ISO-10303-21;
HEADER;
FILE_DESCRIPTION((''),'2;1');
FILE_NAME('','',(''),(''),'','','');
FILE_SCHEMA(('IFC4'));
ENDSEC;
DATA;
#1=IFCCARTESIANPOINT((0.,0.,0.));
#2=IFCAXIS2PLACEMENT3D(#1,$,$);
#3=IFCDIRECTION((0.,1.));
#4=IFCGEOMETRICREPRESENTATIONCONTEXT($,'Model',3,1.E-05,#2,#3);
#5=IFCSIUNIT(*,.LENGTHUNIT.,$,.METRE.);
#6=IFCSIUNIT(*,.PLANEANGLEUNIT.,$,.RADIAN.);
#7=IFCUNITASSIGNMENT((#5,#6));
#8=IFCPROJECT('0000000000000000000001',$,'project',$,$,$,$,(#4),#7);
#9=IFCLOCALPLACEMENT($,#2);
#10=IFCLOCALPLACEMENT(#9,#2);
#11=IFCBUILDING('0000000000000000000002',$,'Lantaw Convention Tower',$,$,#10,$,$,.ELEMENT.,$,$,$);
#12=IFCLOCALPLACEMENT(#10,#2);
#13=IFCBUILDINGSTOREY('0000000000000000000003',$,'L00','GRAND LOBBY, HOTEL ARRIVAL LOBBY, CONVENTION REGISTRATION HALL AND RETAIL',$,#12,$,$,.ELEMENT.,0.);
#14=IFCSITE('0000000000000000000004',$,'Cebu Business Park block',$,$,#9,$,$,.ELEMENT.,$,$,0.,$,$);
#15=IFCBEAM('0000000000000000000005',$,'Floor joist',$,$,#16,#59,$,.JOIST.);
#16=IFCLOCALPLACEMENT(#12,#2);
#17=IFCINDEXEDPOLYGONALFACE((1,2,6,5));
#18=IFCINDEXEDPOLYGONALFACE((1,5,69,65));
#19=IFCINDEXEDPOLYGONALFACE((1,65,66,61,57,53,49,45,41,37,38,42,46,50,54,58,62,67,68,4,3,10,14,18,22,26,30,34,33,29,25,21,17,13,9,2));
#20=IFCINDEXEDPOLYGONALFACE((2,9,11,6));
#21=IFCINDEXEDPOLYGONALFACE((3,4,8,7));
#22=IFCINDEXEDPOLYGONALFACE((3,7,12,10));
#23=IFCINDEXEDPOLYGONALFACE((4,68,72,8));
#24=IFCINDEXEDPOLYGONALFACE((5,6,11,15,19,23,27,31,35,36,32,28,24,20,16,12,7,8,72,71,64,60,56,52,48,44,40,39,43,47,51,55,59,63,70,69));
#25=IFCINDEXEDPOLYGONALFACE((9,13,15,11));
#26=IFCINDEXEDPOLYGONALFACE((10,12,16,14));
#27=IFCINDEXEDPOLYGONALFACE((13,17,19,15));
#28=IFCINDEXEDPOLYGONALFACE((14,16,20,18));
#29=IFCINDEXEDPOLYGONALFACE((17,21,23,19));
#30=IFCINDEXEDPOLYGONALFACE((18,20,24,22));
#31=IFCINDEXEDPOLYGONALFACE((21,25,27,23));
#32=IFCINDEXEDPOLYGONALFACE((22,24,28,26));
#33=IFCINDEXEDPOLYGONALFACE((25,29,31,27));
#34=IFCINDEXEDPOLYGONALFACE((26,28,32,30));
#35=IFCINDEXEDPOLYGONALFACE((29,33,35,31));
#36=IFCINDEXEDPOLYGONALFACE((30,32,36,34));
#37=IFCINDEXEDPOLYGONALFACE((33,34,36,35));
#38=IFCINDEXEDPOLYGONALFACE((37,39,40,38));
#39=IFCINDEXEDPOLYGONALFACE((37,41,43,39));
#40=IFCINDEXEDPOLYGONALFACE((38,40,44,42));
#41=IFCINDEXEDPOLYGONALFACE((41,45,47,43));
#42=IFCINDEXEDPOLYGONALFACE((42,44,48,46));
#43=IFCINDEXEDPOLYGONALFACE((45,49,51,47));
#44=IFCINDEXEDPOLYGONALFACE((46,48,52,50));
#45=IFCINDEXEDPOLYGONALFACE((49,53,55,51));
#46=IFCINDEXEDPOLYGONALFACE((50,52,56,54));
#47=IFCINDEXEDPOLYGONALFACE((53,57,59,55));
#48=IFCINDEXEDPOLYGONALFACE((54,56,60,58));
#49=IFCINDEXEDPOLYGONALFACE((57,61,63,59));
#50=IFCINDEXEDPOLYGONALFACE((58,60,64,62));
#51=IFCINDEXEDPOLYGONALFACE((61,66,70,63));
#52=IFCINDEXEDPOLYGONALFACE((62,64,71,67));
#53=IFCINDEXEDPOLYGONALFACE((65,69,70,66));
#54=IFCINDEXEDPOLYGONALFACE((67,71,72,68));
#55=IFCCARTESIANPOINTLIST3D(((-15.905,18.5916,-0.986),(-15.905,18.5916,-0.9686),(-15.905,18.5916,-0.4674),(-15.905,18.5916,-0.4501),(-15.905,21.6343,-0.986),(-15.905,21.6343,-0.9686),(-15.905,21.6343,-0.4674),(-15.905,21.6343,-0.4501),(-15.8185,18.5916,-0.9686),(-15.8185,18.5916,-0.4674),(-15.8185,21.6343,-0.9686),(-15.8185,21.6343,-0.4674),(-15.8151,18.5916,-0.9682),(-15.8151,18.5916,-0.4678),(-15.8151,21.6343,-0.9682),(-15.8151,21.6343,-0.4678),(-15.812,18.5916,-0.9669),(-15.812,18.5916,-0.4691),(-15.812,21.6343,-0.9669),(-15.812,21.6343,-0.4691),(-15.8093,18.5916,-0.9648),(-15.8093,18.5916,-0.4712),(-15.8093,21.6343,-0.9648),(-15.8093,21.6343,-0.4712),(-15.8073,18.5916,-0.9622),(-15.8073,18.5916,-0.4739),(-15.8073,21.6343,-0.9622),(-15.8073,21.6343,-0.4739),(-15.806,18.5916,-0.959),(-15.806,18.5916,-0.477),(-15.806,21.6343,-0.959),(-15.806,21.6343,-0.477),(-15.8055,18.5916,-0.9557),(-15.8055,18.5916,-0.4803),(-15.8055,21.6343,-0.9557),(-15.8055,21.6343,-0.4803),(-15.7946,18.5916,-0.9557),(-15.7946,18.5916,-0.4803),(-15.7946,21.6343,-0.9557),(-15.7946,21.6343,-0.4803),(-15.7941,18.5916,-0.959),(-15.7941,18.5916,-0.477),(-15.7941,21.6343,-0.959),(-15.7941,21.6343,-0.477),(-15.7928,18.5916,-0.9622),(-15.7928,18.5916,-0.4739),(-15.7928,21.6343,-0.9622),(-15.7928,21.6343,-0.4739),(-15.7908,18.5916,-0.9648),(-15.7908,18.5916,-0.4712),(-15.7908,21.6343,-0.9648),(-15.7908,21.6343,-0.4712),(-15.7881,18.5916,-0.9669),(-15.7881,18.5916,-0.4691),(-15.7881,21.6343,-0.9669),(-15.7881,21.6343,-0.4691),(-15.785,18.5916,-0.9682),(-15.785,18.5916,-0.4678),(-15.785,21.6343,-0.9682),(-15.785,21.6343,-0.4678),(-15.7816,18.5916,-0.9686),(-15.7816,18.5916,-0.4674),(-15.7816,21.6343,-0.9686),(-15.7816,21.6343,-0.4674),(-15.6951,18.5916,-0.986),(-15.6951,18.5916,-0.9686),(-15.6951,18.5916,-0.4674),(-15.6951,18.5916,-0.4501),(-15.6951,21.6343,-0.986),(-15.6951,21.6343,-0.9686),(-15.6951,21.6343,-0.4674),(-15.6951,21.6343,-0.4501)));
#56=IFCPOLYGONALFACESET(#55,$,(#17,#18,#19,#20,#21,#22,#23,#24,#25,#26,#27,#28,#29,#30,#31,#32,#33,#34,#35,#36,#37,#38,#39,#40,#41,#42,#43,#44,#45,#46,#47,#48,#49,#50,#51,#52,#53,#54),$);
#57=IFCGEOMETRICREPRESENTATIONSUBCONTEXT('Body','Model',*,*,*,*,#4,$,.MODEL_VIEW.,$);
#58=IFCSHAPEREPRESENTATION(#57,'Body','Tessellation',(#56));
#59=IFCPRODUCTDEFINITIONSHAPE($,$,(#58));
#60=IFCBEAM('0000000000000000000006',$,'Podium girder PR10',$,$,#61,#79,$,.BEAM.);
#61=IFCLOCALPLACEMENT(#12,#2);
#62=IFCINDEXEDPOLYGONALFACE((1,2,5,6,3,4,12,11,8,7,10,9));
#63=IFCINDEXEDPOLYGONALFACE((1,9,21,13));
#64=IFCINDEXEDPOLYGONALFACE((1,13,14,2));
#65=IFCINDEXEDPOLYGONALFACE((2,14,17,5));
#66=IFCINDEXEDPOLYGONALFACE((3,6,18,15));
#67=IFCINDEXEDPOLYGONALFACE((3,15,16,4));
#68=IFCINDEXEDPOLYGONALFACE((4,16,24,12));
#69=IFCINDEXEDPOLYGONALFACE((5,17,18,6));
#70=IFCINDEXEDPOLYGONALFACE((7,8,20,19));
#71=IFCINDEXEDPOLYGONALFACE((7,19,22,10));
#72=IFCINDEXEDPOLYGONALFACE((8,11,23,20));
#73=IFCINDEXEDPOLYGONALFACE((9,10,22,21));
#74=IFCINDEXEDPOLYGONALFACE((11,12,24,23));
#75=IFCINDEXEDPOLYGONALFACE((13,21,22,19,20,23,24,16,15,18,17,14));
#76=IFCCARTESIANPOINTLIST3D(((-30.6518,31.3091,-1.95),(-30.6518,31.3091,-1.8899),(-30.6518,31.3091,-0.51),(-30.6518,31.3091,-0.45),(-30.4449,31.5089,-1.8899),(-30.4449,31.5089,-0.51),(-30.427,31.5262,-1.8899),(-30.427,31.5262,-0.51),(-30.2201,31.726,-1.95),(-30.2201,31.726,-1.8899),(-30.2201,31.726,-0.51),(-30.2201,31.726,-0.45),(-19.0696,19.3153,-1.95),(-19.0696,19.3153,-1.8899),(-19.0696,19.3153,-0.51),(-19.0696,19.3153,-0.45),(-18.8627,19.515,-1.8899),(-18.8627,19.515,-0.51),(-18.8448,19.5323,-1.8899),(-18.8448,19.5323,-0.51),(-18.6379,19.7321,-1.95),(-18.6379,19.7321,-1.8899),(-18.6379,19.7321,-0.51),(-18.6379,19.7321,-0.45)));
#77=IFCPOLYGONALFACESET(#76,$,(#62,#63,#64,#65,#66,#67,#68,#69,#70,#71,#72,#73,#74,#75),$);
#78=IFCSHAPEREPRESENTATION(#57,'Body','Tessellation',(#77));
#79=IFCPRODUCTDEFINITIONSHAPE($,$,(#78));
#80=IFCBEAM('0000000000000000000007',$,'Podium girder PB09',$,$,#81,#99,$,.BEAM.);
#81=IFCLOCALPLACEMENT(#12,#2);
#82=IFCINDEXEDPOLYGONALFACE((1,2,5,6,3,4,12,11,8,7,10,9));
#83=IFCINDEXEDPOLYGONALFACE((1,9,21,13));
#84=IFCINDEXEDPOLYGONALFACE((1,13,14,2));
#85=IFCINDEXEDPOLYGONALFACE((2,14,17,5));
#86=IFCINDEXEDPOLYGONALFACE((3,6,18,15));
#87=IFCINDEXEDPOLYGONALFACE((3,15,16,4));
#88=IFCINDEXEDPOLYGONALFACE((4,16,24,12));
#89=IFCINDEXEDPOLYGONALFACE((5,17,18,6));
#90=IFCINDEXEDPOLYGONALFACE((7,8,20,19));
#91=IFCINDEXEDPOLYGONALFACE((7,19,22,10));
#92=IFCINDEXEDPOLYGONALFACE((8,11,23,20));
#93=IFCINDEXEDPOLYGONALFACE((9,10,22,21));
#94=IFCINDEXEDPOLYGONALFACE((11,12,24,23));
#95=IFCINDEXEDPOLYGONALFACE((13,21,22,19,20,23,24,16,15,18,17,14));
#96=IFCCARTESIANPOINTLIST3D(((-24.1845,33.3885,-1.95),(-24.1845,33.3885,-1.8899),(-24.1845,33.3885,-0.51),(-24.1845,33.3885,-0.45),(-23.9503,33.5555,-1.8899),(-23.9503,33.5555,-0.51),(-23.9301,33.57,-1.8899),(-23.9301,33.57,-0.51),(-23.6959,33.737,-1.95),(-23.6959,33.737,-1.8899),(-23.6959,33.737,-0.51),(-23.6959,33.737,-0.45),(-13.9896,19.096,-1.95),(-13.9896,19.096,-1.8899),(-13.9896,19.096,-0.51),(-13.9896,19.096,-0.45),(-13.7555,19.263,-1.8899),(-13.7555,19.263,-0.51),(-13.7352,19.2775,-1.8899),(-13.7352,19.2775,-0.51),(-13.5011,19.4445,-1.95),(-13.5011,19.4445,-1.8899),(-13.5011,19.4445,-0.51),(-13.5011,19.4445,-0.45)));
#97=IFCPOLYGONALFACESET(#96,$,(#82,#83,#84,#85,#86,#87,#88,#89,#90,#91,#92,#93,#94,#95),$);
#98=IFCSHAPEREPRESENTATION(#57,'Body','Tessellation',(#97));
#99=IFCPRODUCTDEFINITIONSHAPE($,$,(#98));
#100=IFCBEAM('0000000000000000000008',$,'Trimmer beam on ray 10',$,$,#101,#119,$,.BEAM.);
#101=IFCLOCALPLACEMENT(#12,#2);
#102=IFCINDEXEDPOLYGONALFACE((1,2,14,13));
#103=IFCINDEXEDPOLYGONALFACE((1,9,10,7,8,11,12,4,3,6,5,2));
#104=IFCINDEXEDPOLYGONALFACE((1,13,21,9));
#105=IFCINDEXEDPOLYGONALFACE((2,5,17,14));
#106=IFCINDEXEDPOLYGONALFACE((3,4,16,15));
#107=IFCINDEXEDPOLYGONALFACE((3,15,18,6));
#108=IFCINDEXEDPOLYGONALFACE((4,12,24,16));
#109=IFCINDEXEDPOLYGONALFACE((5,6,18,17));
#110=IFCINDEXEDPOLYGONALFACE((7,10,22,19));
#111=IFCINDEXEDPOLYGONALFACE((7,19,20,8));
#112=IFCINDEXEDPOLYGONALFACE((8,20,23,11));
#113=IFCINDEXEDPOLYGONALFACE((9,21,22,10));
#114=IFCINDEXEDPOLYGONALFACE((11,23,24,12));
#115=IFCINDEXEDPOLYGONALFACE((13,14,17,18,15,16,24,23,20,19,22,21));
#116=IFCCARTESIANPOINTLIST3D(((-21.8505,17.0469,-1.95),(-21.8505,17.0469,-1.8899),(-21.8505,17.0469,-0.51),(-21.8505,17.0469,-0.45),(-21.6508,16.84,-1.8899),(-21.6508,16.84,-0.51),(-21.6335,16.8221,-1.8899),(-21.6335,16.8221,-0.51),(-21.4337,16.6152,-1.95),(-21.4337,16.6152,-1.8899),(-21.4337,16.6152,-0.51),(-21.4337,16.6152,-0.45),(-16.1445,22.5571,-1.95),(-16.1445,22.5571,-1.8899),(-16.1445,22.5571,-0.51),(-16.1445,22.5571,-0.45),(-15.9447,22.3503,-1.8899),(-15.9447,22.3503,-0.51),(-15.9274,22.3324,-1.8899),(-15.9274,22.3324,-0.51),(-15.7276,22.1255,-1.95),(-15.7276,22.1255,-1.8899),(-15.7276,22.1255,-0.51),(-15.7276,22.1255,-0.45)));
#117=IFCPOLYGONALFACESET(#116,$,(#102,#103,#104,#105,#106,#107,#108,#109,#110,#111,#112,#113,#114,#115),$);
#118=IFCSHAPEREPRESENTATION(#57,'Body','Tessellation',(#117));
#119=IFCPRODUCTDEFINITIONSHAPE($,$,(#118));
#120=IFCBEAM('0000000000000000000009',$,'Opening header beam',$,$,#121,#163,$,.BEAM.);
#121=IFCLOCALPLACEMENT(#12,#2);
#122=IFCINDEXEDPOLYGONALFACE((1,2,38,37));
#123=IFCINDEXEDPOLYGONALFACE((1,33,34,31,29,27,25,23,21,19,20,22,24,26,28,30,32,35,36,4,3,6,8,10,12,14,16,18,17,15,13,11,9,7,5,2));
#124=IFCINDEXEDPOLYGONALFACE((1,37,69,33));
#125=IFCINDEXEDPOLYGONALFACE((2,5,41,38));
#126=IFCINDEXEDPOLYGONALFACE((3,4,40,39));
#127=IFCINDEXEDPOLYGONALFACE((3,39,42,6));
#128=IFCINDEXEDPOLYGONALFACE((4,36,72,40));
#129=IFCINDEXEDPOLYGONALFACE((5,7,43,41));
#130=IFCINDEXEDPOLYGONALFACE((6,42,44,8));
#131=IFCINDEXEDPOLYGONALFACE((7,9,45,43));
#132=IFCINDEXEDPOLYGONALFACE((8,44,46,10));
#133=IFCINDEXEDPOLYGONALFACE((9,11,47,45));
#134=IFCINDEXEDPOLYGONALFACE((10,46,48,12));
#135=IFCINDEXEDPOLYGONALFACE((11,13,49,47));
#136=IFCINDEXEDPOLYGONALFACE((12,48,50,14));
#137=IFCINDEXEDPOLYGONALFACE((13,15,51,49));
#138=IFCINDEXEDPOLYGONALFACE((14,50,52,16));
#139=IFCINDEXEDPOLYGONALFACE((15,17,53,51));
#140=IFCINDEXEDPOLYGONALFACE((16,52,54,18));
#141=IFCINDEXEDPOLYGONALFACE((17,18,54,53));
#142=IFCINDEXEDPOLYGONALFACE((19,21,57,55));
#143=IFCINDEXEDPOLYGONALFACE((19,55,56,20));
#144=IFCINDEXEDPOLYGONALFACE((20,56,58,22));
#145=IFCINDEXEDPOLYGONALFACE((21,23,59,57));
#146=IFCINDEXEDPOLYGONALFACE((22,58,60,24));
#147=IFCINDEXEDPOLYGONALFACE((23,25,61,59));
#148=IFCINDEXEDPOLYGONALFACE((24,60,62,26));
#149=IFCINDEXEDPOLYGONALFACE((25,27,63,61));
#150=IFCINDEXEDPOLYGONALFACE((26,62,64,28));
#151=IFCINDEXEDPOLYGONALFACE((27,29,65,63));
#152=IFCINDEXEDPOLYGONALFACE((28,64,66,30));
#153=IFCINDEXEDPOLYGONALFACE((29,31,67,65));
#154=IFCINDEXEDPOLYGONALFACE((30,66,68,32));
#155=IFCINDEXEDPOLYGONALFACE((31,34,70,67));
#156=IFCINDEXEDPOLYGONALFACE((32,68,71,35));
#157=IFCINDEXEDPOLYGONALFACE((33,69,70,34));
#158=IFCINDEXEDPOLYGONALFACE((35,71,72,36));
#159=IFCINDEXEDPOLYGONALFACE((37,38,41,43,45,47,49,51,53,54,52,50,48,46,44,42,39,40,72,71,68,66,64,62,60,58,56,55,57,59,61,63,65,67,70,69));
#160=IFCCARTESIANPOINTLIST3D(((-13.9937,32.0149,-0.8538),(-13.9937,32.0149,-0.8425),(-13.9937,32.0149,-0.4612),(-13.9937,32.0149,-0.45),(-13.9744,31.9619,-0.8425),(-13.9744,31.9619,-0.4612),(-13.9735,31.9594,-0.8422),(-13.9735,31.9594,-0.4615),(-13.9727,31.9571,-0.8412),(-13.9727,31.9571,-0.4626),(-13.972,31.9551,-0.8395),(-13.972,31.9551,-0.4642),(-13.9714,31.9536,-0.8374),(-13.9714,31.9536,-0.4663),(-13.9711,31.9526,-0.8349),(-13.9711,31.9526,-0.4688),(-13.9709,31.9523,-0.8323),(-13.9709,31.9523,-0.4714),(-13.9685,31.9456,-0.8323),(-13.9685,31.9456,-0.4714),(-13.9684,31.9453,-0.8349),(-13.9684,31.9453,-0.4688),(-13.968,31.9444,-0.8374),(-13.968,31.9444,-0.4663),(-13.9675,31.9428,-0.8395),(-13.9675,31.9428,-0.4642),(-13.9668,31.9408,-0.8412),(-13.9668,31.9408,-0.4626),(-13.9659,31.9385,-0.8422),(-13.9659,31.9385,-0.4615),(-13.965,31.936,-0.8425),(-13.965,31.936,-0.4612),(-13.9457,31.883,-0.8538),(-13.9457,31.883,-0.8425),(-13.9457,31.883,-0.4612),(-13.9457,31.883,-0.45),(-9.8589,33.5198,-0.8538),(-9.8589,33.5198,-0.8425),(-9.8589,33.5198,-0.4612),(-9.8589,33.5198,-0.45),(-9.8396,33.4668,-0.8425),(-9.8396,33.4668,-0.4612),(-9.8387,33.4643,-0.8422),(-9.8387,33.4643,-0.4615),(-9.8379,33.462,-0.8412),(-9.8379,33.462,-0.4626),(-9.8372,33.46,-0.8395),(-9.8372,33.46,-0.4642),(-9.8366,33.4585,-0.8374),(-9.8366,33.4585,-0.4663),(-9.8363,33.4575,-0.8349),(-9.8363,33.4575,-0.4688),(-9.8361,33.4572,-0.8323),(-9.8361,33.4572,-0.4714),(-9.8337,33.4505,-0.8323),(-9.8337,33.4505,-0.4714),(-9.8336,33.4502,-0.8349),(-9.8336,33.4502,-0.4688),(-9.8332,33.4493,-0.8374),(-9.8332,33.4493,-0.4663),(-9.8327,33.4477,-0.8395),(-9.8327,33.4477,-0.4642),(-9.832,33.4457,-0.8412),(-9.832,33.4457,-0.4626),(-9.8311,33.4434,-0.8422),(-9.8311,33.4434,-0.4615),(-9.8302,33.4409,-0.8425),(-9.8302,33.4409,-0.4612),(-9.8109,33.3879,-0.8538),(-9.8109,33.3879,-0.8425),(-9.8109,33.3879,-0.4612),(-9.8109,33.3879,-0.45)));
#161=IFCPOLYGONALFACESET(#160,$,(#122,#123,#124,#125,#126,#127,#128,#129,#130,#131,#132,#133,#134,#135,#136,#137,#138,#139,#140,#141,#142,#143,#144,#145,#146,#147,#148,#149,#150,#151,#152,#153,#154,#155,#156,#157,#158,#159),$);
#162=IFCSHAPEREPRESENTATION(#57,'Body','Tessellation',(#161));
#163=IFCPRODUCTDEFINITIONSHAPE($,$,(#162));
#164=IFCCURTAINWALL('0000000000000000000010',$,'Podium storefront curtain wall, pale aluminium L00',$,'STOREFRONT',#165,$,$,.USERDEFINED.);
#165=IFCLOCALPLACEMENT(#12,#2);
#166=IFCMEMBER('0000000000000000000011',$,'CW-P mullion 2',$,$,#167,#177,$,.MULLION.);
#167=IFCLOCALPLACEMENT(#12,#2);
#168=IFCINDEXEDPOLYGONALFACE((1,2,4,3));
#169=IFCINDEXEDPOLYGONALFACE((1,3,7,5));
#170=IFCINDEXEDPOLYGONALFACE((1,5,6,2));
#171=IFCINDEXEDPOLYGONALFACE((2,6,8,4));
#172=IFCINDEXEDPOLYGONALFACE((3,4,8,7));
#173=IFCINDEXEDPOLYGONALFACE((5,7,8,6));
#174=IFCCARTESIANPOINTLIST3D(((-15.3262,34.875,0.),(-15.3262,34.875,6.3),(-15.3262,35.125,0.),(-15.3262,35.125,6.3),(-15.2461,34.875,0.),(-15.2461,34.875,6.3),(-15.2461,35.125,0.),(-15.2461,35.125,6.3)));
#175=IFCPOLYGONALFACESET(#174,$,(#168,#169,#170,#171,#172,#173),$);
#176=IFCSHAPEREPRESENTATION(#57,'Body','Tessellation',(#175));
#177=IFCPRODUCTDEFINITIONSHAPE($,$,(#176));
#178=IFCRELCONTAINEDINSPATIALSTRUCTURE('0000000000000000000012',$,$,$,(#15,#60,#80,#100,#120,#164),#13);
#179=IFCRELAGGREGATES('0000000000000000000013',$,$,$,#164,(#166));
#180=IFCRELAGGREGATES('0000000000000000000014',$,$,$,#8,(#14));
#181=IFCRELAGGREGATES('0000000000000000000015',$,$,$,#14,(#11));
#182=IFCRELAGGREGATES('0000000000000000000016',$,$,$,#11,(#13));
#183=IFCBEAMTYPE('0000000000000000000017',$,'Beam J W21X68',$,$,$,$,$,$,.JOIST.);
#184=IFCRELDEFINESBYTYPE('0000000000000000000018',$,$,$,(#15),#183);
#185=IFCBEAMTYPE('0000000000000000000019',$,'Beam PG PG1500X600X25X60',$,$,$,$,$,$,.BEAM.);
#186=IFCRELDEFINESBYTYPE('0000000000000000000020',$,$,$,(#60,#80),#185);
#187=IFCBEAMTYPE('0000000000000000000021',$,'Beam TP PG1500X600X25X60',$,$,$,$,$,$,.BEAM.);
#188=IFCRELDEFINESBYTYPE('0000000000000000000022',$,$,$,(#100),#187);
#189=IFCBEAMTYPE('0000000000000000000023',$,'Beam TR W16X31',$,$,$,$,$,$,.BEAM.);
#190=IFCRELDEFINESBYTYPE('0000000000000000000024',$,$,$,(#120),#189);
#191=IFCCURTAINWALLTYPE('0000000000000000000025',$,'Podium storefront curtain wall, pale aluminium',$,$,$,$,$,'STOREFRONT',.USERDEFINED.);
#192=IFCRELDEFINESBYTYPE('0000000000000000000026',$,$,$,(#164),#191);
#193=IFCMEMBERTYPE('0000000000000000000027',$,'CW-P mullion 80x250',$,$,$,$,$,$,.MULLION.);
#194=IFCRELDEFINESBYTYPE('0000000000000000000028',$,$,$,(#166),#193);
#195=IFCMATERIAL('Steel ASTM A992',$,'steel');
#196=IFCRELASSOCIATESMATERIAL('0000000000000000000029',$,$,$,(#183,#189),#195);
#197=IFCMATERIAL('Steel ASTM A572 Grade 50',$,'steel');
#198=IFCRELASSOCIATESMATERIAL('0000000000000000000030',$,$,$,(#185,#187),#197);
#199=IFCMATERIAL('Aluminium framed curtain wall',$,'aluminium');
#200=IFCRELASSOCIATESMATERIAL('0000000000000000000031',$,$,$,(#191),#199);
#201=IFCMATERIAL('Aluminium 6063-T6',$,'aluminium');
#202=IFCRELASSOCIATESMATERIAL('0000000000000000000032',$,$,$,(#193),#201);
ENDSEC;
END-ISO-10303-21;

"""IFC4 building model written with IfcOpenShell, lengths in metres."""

from ifc_helpers import new_model, si_unit, direction, frame, origin, origin_2d, place, context, subcontext, project, spatial, rectangle, i_section, extrude, material, material_profile, profile_set, type_object, element, aggregate, save


model = new_model("IFC4")

# Units and contexts
model_context = context("Model", 3, precision=1e-05, world=origin(), true_north=direction((0.0, 1.0)))
body_context = subcontext(model_context, "Body", "Model", "MODEL_VIEW")
ifc_project = project(units=[si_unit("LENGTHUNIT", "METRE"), si_unit("PLANEANGLEUNIT", "RADIAN")], contexts=[model_context])

# Site, building, storey
site_placement = place(None, origin())
site = spatial("IfcSite", under=ifc_project, at=site_placement, Name="Cebu Business Park block", CompositionType="ELEMENT", RefElevation=0.0)
building_placement = place(site_placement, origin())
building = spatial("IfcBuilding", under=site, at=building_placement, Name="Lantaw Convention Tower", CompositionType="ELEMENT")
storey_placement = place(building_placement, origin())
storey = spatial("IfcBuildingStorey", under=building, at=storey_placement, Name="L00", Description="GRAND LOBBY, HOTEL ARRIVAL LOBBY, CONVENTION REGISTRATION HALL AND RETAIL", CompositionType="ELEMENT", Elevation=0.0)

# Shared definitions
ifc_material_1 = material(Name="Steel ASTM A572 Grade 50", Category="steel")

# Beams
ifc_material_2 = material(Name="Steel ASTM A992", Category="steel")
ifc_material_profile_1 = material_profile(ifc_material_2, i_section(OverallWidth=0.21, OverallDepth=0.5359, WebThickness=0.011, FlangeThickness=0.0173, FilletRadius=0.0129, at=origin_2d()), Name="W21X68")
ifc_profile_set_1 = profile_set([ifc_material_profile_1], Name="Steel ASTM A992")
beam_type_1 = type_object("IfcBeamType", Name="Beam J W21X68", PredefinedType="JOIST", material=ifc_profile_set_1)
beam_1_placement = place(storey_placement, frame((-15.8, 18.5916, -0.718), z_axis=(0.0, 1.0, 0.0), x_axis=(-1.0, 0.0, 0.0)))
element("IfcBeam", 1, at=beam_1_placement, inside=storey, type_object=beam_type_1, Name="Floor joist", PredefinedType="JOIST", context=body_context, shape_type="SweptSolid", body=[
    extrude(i_section(OverallWidth=0.21, OverallDepth=0.5359, WebThickness=0.011, FlangeThickness=0.0173, FilletRadius=0.0129, at=origin_2d()), origin(), (0.0, 0.0, 1.0), 3.0427),
])
ifc_material_profile_2 = material_profile(ifc_material_1, i_section(OverallWidth=0.6001, OverallDepth=1.5, WebThickness=0.0249, FlangeThickness=0.0601, at=origin_2d()), Name="PG1500X600X25X60")
ifc_profile_set_2 = profile_set([ifc_material_profile_2], Name="Steel ASTM A572 Grade 50")
beam_type_2 = type_object("IfcBeamType", Name="Beam PG PG1500X600X25X60", PredefinedType="BEAM", material=ifc_profile_set_2)
beam_2_placement = place(storey_placement, frame((-18.8538, 19.5237, -1.2), z_axis=(-0.694655, 0.719343, 0.0), x_axis=(-0.719343, -0.694655, 0.0)))
element("IfcBeam", 2, at=beam_2_placement, inside=storey, type_object=beam_type_2, Name="Podium girder PR10", PredefinedType="BEAM", context=body_context, shape_type="SweptSolid", body=[
    extrude(i_section(OverallWidth=0.6001, OverallDepth=1.5, WebThickness=0.0249, FlangeThickness=0.0601, at=origin_2d()), origin(), (0.0, 0.0, 1.0), 16.6733),
])
beam_3_placement = place(storey_placement, frame((-13.7454, 19.2703, -1.2), z_axis=(-0.580707, 0.814113, 0.0), x_axis=(-0.814113, -0.580707, 0.0)))
element("IfcBeam", 3, at=beam_3_placement, inside=storey, type_object=beam_type_2, Name="Podium girder PB09", PredefinedType="BEAM", context=body_context, shape_type="SweptSolid", body=[
    extrude(i_section(OverallWidth=0.6001, OverallDepth=1.5, WebThickness=0.0249, FlangeThickness=0.0601, at=origin_2d()), origin(), (0.0, 0.0, 1.0), 17.5559),
])
ifc_material_profile_3 = material_profile(ifc_material_1, i_section(OverallWidth=0.6001, OverallDepth=1.5, WebThickness=0.0249, FlangeThickness=0.0601, at=origin_2d()), Name="PG1500X600X25X60")
ifc_profile_set_3 = profile_set([ifc_material_profile_3], Name="Steel ASTM A572 Grade 50")
beam_type_3 = type_object("IfcBeamType", Name="Beam TP PG1500X600X25X60", PredefinedType="BEAM", material=ifc_profile_set_3)
beam_4_placement = place(storey_placement, frame((-15.936, 22.3413, -1.2), z_axis=(-0.719341, -0.694657, 0.0), x_axis=(0.694657, -0.719341, 0.0)))
element("IfcBeam", 4, at=beam_4_placement, inside=storey, type_object=beam_type_3, Name="Trimmer beam on ray 10", PredefinedType="BEAM", context=body_context, shape_type="SweptSolid", body=[
    extrude(i_section(OverallWidth=0.6001, OverallDepth=1.5, WebThickness=0.0249, FlangeThickness=0.0601, at=origin_2d()), origin(), (0.0, 0.0, 1.0), 7.9324),
])
ifc_material_profile_4 = material_profile(ifc_material_2, i_section(OverallWidth=0.1404, OverallDepth=0.4038, WebThickness=0.0071, FlangeThickness=0.0112, FilletRadius=0.0103, at=origin_2d()), Name="W16X31")
ifc_profile_set_4 = profile_set([ifc_material_profile_4], Name="Steel ASTM A992")
beam_type_4 = type_object("IfcBeamType", Name="Beam TR W16X31", PredefinedType="BEAM", material=ifc_profile_set_4)
beam_5_placement = place(storey_placement, frame((-13.9697, 31.949, -0.6519), z_axis=(0.939696, 0.34201, 0.0), x_axis=(-0.34201, 0.939696, 0.0)))
element("IfcBeam", 5, at=beam_5_placement, inside=storey, type_object=beam_type_4, Name="Opening header beam", PredefinedType="BEAM", context=body_context, shape_type="SweptSolid", body=[
    extrude(i_section(OverallWidth=0.1404, OverallDepth=0.4038, WebThickness=0.0071, FlangeThickness=0.0112, FilletRadius=0.0103, at=origin_2d()), origin(), (0.0, 0.0, 1.0), 4.4001),
])

# Curtain wall, member
ifc_material_3 = material(Name="Aluminium framed curtain wall", Category="aluminium")
curtain_wall_type = type_object("IfcCurtainWallType", Name="Podium storefront curtain wall, pale aluminium", ElementType="STOREFRONT", PredefinedType="USERDEFINED", material=ifc_material_3)
curtain_wall_placement = place(storey_placement, origin())
curtain_wall = element("IfcCurtainWall", 6, at=curtain_wall_placement, inside=storey, type_object=curtain_wall_type, Name="Podium storefront curtain wall, pale aluminium L00", ObjectType="STOREFRONT", PredefinedType="USERDEFINED")
ifc_material_4 = material(Name="Aluminium 6063-T6", Category="aluminium")
ifc_material_profile_5 = material_profile(ifc_material_4, rectangle(XDim=0.25, YDim=0.0801, at=origin_2d()), Name="CW-P mullion 80x250")
ifc_profile_set_5 = profile_set([ifc_material_profile_5], Name="Aluminium 6063-T6")
member_type_1 = type_object("IfcMemberType", Name="CW-P mullion 80x250", PredefinedType="MULLION", material=ifc_profile_set_5)
member_1_placement = place(storey_placement, frame((-15.2861, 35.0, 0.0), z_axis=(0.0, 0.0, 1.0), x_axis=(0.0, -1.0, 0.0)))
member_1 = element("IfcMember", 7, at=member_1_placement, type_object=member_type_1, Name="CW-P mullion 2", PredefinedType="MULLION", context=body_context, shape_type="SweptSolid", body=[
    extrude(rectangle(XDim=0.25, YDim=0.0801, at=origin_2d()), origin(), (0.0, 0.0, 1.0), 6.3),
])
aggregate(curtain_wall, [member_1])

save(model, "model.ifc")
